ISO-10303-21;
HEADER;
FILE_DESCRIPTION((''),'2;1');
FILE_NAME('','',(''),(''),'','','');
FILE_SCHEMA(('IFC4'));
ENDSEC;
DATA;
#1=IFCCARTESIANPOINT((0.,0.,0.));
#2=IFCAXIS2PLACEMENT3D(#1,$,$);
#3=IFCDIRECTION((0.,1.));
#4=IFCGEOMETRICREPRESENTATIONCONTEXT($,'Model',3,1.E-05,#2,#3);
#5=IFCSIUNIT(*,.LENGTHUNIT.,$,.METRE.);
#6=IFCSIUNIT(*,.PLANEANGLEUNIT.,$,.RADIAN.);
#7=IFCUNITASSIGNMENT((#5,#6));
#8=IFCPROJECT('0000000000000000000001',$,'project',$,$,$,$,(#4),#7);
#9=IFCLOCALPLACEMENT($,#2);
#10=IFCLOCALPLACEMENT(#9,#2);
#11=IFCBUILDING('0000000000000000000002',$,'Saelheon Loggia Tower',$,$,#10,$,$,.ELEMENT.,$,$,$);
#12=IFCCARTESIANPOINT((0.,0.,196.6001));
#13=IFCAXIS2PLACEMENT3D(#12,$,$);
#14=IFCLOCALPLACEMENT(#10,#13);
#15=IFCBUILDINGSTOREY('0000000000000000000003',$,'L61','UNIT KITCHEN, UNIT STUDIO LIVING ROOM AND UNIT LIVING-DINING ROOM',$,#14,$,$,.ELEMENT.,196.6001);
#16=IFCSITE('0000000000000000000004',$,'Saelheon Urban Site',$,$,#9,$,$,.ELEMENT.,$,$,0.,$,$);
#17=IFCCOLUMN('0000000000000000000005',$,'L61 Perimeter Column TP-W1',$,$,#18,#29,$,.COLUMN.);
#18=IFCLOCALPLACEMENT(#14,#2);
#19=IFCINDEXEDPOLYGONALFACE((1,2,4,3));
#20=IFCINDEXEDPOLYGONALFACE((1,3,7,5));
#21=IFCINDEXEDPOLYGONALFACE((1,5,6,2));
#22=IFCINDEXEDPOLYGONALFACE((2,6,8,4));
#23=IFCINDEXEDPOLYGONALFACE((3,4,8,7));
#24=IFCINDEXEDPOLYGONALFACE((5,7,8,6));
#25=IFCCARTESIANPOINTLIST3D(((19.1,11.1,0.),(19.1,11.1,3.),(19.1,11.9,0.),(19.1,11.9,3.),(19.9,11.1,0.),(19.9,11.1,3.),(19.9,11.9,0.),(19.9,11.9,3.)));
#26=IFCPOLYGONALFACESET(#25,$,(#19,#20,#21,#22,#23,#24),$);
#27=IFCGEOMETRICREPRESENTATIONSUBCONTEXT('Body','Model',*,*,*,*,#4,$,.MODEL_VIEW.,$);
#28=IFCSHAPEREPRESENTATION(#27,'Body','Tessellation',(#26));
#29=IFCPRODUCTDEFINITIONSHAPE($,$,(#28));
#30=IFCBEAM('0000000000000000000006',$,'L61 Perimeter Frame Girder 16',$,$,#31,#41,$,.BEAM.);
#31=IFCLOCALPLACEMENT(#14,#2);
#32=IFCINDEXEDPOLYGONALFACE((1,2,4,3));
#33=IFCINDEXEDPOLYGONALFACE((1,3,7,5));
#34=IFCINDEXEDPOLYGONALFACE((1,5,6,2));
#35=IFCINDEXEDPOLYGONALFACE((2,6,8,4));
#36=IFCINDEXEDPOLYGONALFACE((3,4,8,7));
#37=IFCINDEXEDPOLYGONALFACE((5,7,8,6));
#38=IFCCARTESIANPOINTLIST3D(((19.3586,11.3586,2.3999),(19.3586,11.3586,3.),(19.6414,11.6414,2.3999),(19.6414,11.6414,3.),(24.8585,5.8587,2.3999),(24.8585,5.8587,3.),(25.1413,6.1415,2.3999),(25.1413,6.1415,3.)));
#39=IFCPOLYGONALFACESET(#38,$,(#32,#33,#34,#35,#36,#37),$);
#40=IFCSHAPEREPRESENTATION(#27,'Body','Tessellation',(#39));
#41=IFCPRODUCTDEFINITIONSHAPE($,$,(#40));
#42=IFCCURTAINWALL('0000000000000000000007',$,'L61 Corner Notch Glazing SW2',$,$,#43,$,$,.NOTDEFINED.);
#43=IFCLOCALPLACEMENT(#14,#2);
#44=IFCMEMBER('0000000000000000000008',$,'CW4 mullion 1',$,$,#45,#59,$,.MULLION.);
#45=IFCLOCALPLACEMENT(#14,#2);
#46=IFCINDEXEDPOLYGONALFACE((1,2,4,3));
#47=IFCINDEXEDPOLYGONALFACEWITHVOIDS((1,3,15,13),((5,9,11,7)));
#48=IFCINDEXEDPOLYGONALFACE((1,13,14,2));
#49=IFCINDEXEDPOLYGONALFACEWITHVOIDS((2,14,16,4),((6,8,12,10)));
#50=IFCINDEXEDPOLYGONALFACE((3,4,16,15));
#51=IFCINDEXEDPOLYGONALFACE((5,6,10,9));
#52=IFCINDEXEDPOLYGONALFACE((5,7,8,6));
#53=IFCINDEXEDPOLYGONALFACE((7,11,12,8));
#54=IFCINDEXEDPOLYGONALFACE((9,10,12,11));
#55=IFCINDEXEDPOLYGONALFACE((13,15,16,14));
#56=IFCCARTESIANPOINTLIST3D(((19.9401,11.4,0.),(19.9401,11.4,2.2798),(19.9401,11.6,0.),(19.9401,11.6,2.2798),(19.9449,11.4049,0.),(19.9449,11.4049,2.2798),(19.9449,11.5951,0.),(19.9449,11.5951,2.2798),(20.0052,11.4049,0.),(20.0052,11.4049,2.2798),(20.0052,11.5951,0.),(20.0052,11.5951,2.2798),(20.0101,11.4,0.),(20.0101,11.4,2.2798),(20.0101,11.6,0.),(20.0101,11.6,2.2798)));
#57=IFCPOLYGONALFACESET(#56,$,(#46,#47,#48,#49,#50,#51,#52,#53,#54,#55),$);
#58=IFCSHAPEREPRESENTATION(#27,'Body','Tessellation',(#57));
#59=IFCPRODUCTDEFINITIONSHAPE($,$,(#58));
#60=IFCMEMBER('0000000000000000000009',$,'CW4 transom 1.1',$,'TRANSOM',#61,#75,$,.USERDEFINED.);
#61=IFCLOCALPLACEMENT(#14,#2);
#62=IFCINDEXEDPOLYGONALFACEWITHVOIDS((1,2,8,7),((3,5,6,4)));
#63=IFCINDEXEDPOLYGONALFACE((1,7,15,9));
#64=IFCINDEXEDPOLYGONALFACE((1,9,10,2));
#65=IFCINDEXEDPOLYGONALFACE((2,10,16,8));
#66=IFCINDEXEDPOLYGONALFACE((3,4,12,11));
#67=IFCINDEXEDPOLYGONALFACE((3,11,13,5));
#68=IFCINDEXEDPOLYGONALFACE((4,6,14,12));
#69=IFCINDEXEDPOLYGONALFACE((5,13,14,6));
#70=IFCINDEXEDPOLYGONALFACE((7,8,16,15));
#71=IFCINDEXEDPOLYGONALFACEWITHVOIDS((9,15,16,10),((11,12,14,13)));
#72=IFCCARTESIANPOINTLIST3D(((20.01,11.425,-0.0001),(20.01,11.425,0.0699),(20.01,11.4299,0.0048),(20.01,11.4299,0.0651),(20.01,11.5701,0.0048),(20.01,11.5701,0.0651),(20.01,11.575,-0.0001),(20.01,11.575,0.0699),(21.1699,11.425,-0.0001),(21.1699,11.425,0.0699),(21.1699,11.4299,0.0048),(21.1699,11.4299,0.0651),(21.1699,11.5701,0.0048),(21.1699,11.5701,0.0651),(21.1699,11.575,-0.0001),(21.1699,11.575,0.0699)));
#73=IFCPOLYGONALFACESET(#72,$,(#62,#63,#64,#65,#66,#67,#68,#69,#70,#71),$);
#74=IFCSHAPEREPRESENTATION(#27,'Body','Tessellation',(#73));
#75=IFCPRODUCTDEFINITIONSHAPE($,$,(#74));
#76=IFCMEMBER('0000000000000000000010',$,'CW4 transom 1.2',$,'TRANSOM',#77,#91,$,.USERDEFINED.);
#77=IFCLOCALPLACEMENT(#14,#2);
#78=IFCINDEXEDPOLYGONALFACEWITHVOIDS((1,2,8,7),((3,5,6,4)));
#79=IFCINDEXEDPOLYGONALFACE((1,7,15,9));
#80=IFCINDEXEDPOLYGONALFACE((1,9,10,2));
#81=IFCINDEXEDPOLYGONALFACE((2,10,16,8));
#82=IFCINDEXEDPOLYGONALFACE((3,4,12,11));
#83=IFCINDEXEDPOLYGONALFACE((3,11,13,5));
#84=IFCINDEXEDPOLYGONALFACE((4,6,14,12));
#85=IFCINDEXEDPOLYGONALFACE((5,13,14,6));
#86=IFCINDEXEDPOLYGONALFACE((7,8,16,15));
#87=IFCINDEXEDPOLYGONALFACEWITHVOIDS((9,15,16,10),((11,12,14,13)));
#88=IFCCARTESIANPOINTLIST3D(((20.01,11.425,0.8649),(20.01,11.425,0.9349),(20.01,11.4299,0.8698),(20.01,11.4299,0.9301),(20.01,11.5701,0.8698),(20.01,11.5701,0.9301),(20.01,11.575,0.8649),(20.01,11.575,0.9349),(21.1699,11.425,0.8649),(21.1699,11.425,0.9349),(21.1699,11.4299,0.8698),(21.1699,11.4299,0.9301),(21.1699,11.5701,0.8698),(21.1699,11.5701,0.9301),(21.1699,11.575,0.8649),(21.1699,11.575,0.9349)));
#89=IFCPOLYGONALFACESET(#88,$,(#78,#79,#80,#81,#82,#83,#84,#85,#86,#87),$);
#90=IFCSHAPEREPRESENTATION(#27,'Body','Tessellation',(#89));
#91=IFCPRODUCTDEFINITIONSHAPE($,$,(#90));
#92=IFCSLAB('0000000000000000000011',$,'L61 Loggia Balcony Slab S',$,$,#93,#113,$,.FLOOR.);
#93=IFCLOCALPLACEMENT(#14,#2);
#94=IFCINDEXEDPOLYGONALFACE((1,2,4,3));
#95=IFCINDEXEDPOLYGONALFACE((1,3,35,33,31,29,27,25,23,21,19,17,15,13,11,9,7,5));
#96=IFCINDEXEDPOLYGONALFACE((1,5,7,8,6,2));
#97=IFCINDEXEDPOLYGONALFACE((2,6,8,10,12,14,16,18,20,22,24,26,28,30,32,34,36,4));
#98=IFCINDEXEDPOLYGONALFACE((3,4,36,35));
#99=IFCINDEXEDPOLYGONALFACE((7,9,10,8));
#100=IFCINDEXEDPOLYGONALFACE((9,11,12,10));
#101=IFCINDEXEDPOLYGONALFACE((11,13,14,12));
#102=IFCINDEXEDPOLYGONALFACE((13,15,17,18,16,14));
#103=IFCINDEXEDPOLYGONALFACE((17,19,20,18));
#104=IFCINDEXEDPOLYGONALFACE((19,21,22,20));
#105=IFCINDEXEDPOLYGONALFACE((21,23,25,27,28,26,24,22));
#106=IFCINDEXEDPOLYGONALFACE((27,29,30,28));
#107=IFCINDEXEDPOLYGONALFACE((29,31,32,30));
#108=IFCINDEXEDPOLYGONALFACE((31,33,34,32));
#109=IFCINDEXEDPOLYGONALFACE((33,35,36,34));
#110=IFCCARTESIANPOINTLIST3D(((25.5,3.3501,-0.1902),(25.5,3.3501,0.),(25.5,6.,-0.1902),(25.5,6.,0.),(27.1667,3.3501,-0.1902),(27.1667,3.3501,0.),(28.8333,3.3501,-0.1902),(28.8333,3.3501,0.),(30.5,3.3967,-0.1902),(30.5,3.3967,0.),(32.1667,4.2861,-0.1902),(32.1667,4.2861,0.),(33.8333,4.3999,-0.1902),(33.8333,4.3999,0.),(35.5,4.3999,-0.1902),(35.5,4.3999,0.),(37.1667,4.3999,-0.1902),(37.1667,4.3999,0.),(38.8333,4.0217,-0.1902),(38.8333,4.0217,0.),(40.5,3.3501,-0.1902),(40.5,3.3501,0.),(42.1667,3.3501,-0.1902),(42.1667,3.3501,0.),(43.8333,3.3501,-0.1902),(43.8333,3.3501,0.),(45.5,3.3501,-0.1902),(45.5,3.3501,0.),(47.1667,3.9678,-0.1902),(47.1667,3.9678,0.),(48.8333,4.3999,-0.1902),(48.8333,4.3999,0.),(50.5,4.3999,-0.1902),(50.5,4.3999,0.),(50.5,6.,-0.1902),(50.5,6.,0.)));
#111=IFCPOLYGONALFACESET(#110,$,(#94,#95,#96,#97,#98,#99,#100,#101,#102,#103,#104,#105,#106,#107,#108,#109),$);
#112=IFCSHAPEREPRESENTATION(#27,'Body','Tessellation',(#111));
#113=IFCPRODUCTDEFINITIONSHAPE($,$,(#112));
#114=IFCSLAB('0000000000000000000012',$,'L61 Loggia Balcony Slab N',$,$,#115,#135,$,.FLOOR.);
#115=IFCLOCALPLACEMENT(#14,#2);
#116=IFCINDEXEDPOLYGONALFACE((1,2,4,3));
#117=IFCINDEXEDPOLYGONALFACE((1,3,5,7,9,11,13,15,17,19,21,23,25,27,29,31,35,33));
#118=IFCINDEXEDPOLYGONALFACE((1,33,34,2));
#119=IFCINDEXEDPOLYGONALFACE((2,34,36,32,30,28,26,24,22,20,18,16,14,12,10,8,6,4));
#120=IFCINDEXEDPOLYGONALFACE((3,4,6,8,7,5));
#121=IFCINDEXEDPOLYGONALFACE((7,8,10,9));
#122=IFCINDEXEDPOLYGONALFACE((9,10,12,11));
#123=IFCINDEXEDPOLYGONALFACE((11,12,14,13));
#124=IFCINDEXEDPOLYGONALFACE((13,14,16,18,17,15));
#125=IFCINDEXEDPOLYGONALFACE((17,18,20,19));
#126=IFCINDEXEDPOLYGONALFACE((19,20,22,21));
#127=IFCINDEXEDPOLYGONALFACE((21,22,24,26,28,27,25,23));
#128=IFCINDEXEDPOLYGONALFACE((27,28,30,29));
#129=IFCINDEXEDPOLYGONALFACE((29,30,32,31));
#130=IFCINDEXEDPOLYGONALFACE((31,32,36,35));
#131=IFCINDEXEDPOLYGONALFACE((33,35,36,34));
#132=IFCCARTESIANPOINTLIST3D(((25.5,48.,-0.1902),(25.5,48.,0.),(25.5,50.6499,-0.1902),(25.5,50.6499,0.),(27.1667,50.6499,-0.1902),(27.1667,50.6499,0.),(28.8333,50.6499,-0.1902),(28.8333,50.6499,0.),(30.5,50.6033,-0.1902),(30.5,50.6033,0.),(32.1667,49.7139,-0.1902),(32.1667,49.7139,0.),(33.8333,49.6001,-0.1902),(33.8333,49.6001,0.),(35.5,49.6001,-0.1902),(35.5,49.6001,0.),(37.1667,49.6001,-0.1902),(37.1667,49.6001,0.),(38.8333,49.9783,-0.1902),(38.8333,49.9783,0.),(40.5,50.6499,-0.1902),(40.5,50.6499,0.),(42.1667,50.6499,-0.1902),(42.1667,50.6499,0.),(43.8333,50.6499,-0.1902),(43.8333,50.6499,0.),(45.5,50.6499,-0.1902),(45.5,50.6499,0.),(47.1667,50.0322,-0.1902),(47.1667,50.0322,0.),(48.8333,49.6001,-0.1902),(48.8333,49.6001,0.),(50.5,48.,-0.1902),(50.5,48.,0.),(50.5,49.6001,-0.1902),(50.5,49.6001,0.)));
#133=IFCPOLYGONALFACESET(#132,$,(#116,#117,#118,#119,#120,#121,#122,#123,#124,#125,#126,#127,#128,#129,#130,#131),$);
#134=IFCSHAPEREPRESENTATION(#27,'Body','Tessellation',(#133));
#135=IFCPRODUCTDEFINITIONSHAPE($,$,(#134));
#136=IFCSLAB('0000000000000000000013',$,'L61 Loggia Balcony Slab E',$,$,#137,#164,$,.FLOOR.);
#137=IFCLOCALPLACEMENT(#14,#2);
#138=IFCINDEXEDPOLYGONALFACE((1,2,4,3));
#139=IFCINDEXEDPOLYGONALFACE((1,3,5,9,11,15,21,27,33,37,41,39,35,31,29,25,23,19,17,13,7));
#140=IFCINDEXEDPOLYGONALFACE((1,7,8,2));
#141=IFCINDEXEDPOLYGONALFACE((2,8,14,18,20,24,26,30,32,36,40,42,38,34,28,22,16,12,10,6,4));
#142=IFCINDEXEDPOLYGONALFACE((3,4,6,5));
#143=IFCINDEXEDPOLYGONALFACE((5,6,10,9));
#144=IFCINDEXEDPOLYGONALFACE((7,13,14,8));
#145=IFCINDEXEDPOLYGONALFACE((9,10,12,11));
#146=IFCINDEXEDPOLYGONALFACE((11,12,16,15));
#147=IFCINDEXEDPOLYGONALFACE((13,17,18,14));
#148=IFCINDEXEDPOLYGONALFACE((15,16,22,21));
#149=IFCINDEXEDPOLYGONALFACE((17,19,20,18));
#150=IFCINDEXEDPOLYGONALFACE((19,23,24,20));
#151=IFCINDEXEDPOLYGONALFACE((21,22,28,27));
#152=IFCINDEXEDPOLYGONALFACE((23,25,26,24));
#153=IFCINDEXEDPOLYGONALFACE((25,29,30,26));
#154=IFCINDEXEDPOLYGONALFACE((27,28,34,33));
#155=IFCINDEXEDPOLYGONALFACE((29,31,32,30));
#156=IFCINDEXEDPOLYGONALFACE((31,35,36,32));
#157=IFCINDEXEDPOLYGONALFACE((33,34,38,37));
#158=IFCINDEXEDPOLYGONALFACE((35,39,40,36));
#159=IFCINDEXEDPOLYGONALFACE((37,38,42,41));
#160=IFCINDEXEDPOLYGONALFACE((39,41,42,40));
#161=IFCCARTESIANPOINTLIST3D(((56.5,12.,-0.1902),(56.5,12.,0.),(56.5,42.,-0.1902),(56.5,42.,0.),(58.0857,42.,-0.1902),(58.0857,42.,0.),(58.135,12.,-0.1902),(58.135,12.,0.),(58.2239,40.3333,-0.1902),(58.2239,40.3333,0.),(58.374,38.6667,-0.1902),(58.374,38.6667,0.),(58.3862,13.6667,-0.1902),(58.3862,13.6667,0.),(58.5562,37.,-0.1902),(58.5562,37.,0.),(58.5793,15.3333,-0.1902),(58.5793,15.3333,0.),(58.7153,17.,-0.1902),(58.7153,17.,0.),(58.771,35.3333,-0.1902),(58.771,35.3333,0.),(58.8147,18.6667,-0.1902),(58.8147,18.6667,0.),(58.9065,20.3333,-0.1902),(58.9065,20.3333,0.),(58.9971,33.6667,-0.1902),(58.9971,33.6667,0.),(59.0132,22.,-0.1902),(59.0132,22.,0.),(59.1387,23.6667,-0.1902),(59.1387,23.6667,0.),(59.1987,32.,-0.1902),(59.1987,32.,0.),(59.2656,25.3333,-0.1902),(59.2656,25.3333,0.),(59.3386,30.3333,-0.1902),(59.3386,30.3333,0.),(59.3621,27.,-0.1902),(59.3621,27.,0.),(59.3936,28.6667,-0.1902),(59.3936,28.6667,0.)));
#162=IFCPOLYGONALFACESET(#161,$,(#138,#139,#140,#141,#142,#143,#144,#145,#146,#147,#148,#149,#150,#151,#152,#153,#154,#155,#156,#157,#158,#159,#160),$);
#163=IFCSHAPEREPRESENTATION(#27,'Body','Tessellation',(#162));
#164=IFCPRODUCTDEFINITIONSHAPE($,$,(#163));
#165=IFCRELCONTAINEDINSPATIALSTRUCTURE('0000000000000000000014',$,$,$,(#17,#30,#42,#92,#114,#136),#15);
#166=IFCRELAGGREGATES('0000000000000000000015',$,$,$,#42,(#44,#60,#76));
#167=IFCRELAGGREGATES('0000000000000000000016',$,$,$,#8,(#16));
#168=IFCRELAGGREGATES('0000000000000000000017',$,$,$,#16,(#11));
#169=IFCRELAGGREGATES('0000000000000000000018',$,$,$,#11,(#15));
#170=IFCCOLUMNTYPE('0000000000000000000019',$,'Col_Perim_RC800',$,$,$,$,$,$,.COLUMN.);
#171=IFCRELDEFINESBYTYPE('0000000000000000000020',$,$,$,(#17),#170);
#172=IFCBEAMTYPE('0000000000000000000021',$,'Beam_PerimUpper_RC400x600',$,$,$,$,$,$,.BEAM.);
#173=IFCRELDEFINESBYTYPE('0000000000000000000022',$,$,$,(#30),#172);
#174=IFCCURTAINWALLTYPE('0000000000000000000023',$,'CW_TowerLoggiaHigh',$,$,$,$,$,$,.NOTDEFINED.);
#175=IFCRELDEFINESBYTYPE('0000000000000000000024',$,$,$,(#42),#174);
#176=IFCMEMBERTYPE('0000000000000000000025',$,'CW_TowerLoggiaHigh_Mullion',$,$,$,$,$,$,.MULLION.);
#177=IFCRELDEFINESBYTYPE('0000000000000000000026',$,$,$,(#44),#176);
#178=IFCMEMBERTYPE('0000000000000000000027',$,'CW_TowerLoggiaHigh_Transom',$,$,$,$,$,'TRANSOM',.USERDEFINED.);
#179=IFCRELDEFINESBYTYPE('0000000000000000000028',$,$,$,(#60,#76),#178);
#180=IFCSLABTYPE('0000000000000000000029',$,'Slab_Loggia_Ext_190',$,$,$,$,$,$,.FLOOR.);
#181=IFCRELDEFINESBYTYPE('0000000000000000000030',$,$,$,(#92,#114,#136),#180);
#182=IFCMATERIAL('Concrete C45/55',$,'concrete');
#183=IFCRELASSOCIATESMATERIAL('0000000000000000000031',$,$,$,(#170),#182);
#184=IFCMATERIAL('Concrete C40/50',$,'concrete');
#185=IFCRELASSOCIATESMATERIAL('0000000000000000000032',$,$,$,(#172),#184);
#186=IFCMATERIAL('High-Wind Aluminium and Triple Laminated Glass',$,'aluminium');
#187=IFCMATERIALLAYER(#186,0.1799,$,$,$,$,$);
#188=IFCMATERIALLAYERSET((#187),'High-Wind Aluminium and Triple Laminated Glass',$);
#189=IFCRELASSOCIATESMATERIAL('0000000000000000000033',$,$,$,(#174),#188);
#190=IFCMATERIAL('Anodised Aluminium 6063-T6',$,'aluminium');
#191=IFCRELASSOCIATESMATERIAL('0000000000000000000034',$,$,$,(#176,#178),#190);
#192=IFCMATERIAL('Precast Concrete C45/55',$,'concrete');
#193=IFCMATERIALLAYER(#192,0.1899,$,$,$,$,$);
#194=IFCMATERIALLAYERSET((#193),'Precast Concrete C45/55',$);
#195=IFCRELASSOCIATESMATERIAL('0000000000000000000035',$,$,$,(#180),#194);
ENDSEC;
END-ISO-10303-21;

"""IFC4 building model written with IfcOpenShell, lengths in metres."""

from ifc_helpers import new_model, si_unit, direction, frame, origin, origin_2d, place, context, subcontext, project, spatial, polyline, rectangle, hollow_rectangle, outline, extrude, source, transform, mapped, material, layer, layer_set, material_profile, profile_set, type_object, element, aggregate, save


model = new_model("IFC4")

# Units and contexts
model_context = context("Model", 3, precision=1e-05, world=origin(), true_north=direction((0.0, 1.0)))
body_context = subcontext(model_context, "Body", "Model", "MODEL_VIEW")
ifc_project = project(units=[si_unit("LENGTHUNIT", "METRE"), si_unit("PLANEANGLEUNIT", "RADIAN")], contexts=[model_context])

# Site, building, storey
site_placement = place(None, origin())
site = spatial("IfcSite", under=ifc_project, at=site_placement, Name="Saelheon Urban Site", CompositionType="ELEMENT", RefElevation=0.0)
building_placement = place(site_placement, origin())
building = spatial("IfcBuilding", under=site, at=building_placement, Name="Saelheon Loggia Tower", CompositionType="ELEMENT")
storey_placement = place(building_placement, frame((0.0, 0.0, 196.6001)))
storey = spatial("IfcBuildingStorey", under=building, at=storey_placement, Name="L61", Description="UNIT KITCHEN, UNIT STUDIO LIVING ROOM AND UNIT LIVING-DINING ROOM", CompositionType="ELEMENT", Elevation=196.6001)

# Column
ifc_material_1 = material(Name="Concrete C45/55", Category="concrete")
ifc_material_profile_1 = material_profile(ifc_material_1, rectangle(XDim=0.8, YDim=0.8, at=origin_2d()), Name="RC-800x800")
ifc_profile_set_1 = profile_set([ifc_material_profile_1], Name="Concrete C45/55")
column_type = type_object("IfcColumnType", Name="Col_Perim_RC800", PredefinedType="COLUMN", material=ifc_profile_set_1)
shared_shape_1 = source(origin(), body_context, "Body", "SweptSolid", [
    extrude(rectangle(XDim=0.8, YDim=0.8, at=origin_2d()), origin(), (0.0, 0.0, 1.0), 3.0),
])
column_placement = place(storey_placement, frame((19.5, 11.5, 0.0), z_axis=(0.0, 0.0, 1.0), x_axis=(1.0, 0.0, 0.0)))
element("IfcColumn", 1, at=column_placement, inside=storey, type_object=column_type, Name="L61 Perimeter Column TP-W1", PredefinedType="COLUMN", context=body_context, shape_type="MappedRepresentation", body=[
    mapped(shared_shape_1, transform((0.0, 0.0, 0.0), scale=1.0)),
])

# Beam
ifc_material_2 = material(Name="Concrete C40/50", Category="concrete")
ifc_material_profile_2 = material_profile(ifc_material_2, rectangle(XDim=0.3999, YDim=0.6001, at=origin_2d()), Name="RC-400x600")
ifc_profile_set_2 = profile_set([ifc_material_profile_2], Name="Concrete C40/50")
beam_type = type_object("IfcBeamType", Name="Beam_PerimUpper_RC400x600", PredefinedType="BEAM", material=ifc_profile_set_2)
shared_shape_2 = source(origin(), body_context, "Body", "SweptSolid", [
    extrude(rectangle(XDim=0.3999, YDim=0.6001, at=origin_2d()), origin(), (0.0, 0.0, 1.0), 7.7781),
])
beam_placement = place(storey_placement, frame((19.5, 11.5, 2.7), z_axis=(0.707107, -0.707107, 0.0), x_axis=(0.707107, 0.707107, 0.0)))
element("IfcBeam", 2, at=beam_placement, inside=storey, type_object=beam_type, Name="L61 Perimeter Frame Girder 16", PredefinedType="BEAM", context=body_context, shape_type="MappedRepresentation", body=[
    mapped(shared_shape_2, transform((0.0, 0.0, 0.0), scale=1.0)),
])

# Curtain wall, members
ifc_material_3 = material(Name="High-Wind Aluminium and Triple Laminated Glass", Category="aluminium")
ifc_layer_1 = layer(ifc_material_3, 0.1799)
ifc_layer_set_1 = layer_set([ifc_layer_1], Name="High-Wind Aluminium and Triple Laminated Glass")
curtain_wall_type = type_object("IfcCurtainWallType", Name="CW_TowerLoggiaHigh", PredefinedType="NOTDEFINED", material=ifc_layer_set_1)
curtain_wall_placement = place(storey_placement, origin())
curtain_wall = element("IfcCurtainWall", 3, at=curtain_wall_placement, inside=storey, type_object=curtain_wall_type, Name="L61 Corner Notch Glazing SW2", PredefinedType="NOTDEFINED")
ifc_material_4 = material(Name="Anodised Aluminium 6063-T6", Category="aluminium")
ifc_material_profile_3 = material_profile(ifc_material_4, hollow_rectangle(XDim=0.0701, YDim=0.2, WallThickness=0.0049, at=origin_2d()), Name="RHS-200x70x5")
ifc_profile_set_3 = profile_set([ifc_material_profile_3], Name="Anodised Aluminium 6063-T6")
member_type_1 = type_object("IfcMemberType", Name="CW_TowerLoggiaHigh_Mullion", PredefinedType="MULLION", material=ifc_profile_set_3)
shared_shape_3 = source(origin(), body_context, "Body", "SweptSolid", [
    extrude(hollow_rectangle(XDim=0.0701, YDim=0.2, WallThickness=0.0049, at=origin_2d()), origin(), (0.0, 0.0, 1.0), 2.2798),
])
member_1_placement = place(storey_placement, frame((19.9751, 11.5, 0.0), z_axis=(0.0, 0.0, 1.0), x_axis=(1.0, 0.0, 0.0)))
member_1 = element("IfcMember", 4, at=member_1_placement, type_object=member_type_1, Name="CW4 mullion 1", PredefinedType="MULLION", context=body_context, shape_type="MappedRepresentation", body=[
    mapped(shared_shape_3, transform((0.0, 0.0, 0.0), scale=1.0)),
])
ifc_material_profile_4 = material_profile(ifc_material_4, hollow_rectangle(XDim=0.0701, YDim=0.1499, WallThickness=0.0049, at=origin_2d()), Name="RHS-150x70x5")
ifc_profile_set_4 = profile_set([ifc_material_profile_4], Name="Anodised Aluminium 6063-T6")
member_type_2 = type_object("IfcMemberType", Name="CW_TowerLoggiaHigh_Transom", ElementType="TRANSOM", PredefinedType="USERDEFINED", material=ifc_profile_set_4)
shared_shape_4 = source(origin(), body_context, "Body", "SweptSolid", [
    extrude(hollow_rectangle(XDim=0.0701, YDim=0.1499, WallThickness=0.0049, at=origin_2d()), origin(), (0.0, 0.0, 1.0), 1.1599),
])
member_2_placement = place(storey_placement, frame((20.01, 11.5, 0.0349), z_axis=(1.0, 0.0, 0.0), x_axis=(0.0, 0.0, 1.0)))
member_2 = element("IfcMember", 5, at=member_2_placement, type_object=member_type_2, Name="CW4 transom 1.1", ObjectType="TRANSOM", PredefinedType="USERDEFINED", context=body_context, shape_type="MappedRepresentation", body=[
    mapped(shared_shape_4, transform((0.0, 0.0, 0.0), scale=1.0)),
])
member_3_placement = place(storey_placement, frame((20.01, 11.5, 0.8999), z_axis=(1.0, 0.0, 0.0), x_axis=(0.0, 0.0, 1.0)))
member_3 = element("IfcMember", 6, at=member_3_placement, type_object=member_type_2, Name="CW4 transom 1.2", ObjectType="TRANSOM", PredefinedType="USERDEFINED", context=body_context, shape_type="MappedRepresentation", body=[
    mapped(shared_shape_4, transform((0.0, 0.0, 0.0), scale=1.0)),
])
aggregate(curtain_wall, [member_1, member_2, member_3])

# Slabs
ifc_material_5 = material(Name="Precast Concrete C45/55", Category="concrete")
ifc_layer_2 = layer(ifc_material_5, 0.1899)
ifc_layer_set_2 = layer_set([ifc_layer_2], Name="Precast Concrete C45/55")
slab_type_1 = type_object("IfcSlabType", Name="Slab_Loggia_Ext_190", PredefinedType="FLOOR", material=ifc_layer_set_2)
slab_1_placement = place(storey_placement, frame((0.0, 0.0, -0.1902)))
element("IfcSlab", 7, at=slab_1_placement, inside=storey, type_object=slab_type_1, Name="L61 Loggia Balcony Slab S", PredefinedType="FLOOR", context=body_context, shape_type="SweptSolid", body=[
    extrude(outline(polyline([(25.5, 3.3501), (27.1667, 3.3501), (28.8333, 3.3501), (30.5, 3.3967), (32.1667, 4.2861), (33.8333, 4.3999), (35.5, 4.3999), (37.1667, 4.3999), (38.8333, 4.0217), (40.5, 3.3501), (42.1667, 3.3501), (43.8333, 3.3501), (45.5, 3.3501), (47.1667, 3.9678), (48.8333, 4.3999), (50.5, 4.3999), (50.5, 6.0), (25.5, 6.0), (25.5, 3.3501)])), origin(), (0.0, 0.0, 1.0), 0.1902),
])
slab_2_placement = place(storey_placement, frame((0.0, 0.0, -0.1902)))
element("IfcSlab", 8, at=slab_2_placement, inside=storey, type_object=slab_type_1, Name="L61 Loggia Balcony Slab N", PredefinedType="FLOOR", context=body_context, shape_type="SweptSolid", body=[
    extrude(outline(polyline([(25.5, 48.0), (50.5, 48.0), (50.5, 49.6001), (48.8333, 49.6001), (47.1667, 50.0322), (45.5, 50.6499), (43.8333, 50.6499), (42.1667, 50.6499), (40.5, 50.6499), (38.8333, 49.9783), (37.1667, 49.6001), (35.5, 49.6001), (33.8333, 49.6001), (32.1667, 49.7139), (30.5, 50.6033), (28.8333, 50.6499), (27.1667, 50.6499), (25.5, 50.6499), (25.5, 48.0)])), origin(), (0.0, 0.0, 1.0), 0.1902),
])
slab_3_placement = place(storey_placement, frame((0.0, 0.0, -0.1902)))
element("IfcSlab", 9, at=slab_3_placement, inside=storey, type_object=slab_type_1, Name="L61 Loggia Balcony Slab E", PredefinedType="FLOOR", context=body_context, shape_type="SweptSolid", body=[
    extrude(outline(polyline([(56.5, 12.0), (58.135, 12.0), (58.3862, 13.6667), (58.5793, 15.3333), (58.7153, 17.0), (58.8147, 18.6667), (58.9065, 20.3333), (59.0132, 22.0), (59.1387, 23.6667), (59.2656, 25.3333), (59.3621, 27.0), (59.3936, 28.6667), (59.3386, 30.3333), (59.1987, 32.0), (58.9971, 33.6667), (58.771, 35.3333), (58.5562, 37.0), (58.374, 38.6667), (58.2239, 40.3333), (58.0857, 42.0), (56.5, 42.0), (56.5, 12.0)])), origin(), (0.0, 0.0, 1.0), 0.1902),
])

save(model, "model.ifc")
